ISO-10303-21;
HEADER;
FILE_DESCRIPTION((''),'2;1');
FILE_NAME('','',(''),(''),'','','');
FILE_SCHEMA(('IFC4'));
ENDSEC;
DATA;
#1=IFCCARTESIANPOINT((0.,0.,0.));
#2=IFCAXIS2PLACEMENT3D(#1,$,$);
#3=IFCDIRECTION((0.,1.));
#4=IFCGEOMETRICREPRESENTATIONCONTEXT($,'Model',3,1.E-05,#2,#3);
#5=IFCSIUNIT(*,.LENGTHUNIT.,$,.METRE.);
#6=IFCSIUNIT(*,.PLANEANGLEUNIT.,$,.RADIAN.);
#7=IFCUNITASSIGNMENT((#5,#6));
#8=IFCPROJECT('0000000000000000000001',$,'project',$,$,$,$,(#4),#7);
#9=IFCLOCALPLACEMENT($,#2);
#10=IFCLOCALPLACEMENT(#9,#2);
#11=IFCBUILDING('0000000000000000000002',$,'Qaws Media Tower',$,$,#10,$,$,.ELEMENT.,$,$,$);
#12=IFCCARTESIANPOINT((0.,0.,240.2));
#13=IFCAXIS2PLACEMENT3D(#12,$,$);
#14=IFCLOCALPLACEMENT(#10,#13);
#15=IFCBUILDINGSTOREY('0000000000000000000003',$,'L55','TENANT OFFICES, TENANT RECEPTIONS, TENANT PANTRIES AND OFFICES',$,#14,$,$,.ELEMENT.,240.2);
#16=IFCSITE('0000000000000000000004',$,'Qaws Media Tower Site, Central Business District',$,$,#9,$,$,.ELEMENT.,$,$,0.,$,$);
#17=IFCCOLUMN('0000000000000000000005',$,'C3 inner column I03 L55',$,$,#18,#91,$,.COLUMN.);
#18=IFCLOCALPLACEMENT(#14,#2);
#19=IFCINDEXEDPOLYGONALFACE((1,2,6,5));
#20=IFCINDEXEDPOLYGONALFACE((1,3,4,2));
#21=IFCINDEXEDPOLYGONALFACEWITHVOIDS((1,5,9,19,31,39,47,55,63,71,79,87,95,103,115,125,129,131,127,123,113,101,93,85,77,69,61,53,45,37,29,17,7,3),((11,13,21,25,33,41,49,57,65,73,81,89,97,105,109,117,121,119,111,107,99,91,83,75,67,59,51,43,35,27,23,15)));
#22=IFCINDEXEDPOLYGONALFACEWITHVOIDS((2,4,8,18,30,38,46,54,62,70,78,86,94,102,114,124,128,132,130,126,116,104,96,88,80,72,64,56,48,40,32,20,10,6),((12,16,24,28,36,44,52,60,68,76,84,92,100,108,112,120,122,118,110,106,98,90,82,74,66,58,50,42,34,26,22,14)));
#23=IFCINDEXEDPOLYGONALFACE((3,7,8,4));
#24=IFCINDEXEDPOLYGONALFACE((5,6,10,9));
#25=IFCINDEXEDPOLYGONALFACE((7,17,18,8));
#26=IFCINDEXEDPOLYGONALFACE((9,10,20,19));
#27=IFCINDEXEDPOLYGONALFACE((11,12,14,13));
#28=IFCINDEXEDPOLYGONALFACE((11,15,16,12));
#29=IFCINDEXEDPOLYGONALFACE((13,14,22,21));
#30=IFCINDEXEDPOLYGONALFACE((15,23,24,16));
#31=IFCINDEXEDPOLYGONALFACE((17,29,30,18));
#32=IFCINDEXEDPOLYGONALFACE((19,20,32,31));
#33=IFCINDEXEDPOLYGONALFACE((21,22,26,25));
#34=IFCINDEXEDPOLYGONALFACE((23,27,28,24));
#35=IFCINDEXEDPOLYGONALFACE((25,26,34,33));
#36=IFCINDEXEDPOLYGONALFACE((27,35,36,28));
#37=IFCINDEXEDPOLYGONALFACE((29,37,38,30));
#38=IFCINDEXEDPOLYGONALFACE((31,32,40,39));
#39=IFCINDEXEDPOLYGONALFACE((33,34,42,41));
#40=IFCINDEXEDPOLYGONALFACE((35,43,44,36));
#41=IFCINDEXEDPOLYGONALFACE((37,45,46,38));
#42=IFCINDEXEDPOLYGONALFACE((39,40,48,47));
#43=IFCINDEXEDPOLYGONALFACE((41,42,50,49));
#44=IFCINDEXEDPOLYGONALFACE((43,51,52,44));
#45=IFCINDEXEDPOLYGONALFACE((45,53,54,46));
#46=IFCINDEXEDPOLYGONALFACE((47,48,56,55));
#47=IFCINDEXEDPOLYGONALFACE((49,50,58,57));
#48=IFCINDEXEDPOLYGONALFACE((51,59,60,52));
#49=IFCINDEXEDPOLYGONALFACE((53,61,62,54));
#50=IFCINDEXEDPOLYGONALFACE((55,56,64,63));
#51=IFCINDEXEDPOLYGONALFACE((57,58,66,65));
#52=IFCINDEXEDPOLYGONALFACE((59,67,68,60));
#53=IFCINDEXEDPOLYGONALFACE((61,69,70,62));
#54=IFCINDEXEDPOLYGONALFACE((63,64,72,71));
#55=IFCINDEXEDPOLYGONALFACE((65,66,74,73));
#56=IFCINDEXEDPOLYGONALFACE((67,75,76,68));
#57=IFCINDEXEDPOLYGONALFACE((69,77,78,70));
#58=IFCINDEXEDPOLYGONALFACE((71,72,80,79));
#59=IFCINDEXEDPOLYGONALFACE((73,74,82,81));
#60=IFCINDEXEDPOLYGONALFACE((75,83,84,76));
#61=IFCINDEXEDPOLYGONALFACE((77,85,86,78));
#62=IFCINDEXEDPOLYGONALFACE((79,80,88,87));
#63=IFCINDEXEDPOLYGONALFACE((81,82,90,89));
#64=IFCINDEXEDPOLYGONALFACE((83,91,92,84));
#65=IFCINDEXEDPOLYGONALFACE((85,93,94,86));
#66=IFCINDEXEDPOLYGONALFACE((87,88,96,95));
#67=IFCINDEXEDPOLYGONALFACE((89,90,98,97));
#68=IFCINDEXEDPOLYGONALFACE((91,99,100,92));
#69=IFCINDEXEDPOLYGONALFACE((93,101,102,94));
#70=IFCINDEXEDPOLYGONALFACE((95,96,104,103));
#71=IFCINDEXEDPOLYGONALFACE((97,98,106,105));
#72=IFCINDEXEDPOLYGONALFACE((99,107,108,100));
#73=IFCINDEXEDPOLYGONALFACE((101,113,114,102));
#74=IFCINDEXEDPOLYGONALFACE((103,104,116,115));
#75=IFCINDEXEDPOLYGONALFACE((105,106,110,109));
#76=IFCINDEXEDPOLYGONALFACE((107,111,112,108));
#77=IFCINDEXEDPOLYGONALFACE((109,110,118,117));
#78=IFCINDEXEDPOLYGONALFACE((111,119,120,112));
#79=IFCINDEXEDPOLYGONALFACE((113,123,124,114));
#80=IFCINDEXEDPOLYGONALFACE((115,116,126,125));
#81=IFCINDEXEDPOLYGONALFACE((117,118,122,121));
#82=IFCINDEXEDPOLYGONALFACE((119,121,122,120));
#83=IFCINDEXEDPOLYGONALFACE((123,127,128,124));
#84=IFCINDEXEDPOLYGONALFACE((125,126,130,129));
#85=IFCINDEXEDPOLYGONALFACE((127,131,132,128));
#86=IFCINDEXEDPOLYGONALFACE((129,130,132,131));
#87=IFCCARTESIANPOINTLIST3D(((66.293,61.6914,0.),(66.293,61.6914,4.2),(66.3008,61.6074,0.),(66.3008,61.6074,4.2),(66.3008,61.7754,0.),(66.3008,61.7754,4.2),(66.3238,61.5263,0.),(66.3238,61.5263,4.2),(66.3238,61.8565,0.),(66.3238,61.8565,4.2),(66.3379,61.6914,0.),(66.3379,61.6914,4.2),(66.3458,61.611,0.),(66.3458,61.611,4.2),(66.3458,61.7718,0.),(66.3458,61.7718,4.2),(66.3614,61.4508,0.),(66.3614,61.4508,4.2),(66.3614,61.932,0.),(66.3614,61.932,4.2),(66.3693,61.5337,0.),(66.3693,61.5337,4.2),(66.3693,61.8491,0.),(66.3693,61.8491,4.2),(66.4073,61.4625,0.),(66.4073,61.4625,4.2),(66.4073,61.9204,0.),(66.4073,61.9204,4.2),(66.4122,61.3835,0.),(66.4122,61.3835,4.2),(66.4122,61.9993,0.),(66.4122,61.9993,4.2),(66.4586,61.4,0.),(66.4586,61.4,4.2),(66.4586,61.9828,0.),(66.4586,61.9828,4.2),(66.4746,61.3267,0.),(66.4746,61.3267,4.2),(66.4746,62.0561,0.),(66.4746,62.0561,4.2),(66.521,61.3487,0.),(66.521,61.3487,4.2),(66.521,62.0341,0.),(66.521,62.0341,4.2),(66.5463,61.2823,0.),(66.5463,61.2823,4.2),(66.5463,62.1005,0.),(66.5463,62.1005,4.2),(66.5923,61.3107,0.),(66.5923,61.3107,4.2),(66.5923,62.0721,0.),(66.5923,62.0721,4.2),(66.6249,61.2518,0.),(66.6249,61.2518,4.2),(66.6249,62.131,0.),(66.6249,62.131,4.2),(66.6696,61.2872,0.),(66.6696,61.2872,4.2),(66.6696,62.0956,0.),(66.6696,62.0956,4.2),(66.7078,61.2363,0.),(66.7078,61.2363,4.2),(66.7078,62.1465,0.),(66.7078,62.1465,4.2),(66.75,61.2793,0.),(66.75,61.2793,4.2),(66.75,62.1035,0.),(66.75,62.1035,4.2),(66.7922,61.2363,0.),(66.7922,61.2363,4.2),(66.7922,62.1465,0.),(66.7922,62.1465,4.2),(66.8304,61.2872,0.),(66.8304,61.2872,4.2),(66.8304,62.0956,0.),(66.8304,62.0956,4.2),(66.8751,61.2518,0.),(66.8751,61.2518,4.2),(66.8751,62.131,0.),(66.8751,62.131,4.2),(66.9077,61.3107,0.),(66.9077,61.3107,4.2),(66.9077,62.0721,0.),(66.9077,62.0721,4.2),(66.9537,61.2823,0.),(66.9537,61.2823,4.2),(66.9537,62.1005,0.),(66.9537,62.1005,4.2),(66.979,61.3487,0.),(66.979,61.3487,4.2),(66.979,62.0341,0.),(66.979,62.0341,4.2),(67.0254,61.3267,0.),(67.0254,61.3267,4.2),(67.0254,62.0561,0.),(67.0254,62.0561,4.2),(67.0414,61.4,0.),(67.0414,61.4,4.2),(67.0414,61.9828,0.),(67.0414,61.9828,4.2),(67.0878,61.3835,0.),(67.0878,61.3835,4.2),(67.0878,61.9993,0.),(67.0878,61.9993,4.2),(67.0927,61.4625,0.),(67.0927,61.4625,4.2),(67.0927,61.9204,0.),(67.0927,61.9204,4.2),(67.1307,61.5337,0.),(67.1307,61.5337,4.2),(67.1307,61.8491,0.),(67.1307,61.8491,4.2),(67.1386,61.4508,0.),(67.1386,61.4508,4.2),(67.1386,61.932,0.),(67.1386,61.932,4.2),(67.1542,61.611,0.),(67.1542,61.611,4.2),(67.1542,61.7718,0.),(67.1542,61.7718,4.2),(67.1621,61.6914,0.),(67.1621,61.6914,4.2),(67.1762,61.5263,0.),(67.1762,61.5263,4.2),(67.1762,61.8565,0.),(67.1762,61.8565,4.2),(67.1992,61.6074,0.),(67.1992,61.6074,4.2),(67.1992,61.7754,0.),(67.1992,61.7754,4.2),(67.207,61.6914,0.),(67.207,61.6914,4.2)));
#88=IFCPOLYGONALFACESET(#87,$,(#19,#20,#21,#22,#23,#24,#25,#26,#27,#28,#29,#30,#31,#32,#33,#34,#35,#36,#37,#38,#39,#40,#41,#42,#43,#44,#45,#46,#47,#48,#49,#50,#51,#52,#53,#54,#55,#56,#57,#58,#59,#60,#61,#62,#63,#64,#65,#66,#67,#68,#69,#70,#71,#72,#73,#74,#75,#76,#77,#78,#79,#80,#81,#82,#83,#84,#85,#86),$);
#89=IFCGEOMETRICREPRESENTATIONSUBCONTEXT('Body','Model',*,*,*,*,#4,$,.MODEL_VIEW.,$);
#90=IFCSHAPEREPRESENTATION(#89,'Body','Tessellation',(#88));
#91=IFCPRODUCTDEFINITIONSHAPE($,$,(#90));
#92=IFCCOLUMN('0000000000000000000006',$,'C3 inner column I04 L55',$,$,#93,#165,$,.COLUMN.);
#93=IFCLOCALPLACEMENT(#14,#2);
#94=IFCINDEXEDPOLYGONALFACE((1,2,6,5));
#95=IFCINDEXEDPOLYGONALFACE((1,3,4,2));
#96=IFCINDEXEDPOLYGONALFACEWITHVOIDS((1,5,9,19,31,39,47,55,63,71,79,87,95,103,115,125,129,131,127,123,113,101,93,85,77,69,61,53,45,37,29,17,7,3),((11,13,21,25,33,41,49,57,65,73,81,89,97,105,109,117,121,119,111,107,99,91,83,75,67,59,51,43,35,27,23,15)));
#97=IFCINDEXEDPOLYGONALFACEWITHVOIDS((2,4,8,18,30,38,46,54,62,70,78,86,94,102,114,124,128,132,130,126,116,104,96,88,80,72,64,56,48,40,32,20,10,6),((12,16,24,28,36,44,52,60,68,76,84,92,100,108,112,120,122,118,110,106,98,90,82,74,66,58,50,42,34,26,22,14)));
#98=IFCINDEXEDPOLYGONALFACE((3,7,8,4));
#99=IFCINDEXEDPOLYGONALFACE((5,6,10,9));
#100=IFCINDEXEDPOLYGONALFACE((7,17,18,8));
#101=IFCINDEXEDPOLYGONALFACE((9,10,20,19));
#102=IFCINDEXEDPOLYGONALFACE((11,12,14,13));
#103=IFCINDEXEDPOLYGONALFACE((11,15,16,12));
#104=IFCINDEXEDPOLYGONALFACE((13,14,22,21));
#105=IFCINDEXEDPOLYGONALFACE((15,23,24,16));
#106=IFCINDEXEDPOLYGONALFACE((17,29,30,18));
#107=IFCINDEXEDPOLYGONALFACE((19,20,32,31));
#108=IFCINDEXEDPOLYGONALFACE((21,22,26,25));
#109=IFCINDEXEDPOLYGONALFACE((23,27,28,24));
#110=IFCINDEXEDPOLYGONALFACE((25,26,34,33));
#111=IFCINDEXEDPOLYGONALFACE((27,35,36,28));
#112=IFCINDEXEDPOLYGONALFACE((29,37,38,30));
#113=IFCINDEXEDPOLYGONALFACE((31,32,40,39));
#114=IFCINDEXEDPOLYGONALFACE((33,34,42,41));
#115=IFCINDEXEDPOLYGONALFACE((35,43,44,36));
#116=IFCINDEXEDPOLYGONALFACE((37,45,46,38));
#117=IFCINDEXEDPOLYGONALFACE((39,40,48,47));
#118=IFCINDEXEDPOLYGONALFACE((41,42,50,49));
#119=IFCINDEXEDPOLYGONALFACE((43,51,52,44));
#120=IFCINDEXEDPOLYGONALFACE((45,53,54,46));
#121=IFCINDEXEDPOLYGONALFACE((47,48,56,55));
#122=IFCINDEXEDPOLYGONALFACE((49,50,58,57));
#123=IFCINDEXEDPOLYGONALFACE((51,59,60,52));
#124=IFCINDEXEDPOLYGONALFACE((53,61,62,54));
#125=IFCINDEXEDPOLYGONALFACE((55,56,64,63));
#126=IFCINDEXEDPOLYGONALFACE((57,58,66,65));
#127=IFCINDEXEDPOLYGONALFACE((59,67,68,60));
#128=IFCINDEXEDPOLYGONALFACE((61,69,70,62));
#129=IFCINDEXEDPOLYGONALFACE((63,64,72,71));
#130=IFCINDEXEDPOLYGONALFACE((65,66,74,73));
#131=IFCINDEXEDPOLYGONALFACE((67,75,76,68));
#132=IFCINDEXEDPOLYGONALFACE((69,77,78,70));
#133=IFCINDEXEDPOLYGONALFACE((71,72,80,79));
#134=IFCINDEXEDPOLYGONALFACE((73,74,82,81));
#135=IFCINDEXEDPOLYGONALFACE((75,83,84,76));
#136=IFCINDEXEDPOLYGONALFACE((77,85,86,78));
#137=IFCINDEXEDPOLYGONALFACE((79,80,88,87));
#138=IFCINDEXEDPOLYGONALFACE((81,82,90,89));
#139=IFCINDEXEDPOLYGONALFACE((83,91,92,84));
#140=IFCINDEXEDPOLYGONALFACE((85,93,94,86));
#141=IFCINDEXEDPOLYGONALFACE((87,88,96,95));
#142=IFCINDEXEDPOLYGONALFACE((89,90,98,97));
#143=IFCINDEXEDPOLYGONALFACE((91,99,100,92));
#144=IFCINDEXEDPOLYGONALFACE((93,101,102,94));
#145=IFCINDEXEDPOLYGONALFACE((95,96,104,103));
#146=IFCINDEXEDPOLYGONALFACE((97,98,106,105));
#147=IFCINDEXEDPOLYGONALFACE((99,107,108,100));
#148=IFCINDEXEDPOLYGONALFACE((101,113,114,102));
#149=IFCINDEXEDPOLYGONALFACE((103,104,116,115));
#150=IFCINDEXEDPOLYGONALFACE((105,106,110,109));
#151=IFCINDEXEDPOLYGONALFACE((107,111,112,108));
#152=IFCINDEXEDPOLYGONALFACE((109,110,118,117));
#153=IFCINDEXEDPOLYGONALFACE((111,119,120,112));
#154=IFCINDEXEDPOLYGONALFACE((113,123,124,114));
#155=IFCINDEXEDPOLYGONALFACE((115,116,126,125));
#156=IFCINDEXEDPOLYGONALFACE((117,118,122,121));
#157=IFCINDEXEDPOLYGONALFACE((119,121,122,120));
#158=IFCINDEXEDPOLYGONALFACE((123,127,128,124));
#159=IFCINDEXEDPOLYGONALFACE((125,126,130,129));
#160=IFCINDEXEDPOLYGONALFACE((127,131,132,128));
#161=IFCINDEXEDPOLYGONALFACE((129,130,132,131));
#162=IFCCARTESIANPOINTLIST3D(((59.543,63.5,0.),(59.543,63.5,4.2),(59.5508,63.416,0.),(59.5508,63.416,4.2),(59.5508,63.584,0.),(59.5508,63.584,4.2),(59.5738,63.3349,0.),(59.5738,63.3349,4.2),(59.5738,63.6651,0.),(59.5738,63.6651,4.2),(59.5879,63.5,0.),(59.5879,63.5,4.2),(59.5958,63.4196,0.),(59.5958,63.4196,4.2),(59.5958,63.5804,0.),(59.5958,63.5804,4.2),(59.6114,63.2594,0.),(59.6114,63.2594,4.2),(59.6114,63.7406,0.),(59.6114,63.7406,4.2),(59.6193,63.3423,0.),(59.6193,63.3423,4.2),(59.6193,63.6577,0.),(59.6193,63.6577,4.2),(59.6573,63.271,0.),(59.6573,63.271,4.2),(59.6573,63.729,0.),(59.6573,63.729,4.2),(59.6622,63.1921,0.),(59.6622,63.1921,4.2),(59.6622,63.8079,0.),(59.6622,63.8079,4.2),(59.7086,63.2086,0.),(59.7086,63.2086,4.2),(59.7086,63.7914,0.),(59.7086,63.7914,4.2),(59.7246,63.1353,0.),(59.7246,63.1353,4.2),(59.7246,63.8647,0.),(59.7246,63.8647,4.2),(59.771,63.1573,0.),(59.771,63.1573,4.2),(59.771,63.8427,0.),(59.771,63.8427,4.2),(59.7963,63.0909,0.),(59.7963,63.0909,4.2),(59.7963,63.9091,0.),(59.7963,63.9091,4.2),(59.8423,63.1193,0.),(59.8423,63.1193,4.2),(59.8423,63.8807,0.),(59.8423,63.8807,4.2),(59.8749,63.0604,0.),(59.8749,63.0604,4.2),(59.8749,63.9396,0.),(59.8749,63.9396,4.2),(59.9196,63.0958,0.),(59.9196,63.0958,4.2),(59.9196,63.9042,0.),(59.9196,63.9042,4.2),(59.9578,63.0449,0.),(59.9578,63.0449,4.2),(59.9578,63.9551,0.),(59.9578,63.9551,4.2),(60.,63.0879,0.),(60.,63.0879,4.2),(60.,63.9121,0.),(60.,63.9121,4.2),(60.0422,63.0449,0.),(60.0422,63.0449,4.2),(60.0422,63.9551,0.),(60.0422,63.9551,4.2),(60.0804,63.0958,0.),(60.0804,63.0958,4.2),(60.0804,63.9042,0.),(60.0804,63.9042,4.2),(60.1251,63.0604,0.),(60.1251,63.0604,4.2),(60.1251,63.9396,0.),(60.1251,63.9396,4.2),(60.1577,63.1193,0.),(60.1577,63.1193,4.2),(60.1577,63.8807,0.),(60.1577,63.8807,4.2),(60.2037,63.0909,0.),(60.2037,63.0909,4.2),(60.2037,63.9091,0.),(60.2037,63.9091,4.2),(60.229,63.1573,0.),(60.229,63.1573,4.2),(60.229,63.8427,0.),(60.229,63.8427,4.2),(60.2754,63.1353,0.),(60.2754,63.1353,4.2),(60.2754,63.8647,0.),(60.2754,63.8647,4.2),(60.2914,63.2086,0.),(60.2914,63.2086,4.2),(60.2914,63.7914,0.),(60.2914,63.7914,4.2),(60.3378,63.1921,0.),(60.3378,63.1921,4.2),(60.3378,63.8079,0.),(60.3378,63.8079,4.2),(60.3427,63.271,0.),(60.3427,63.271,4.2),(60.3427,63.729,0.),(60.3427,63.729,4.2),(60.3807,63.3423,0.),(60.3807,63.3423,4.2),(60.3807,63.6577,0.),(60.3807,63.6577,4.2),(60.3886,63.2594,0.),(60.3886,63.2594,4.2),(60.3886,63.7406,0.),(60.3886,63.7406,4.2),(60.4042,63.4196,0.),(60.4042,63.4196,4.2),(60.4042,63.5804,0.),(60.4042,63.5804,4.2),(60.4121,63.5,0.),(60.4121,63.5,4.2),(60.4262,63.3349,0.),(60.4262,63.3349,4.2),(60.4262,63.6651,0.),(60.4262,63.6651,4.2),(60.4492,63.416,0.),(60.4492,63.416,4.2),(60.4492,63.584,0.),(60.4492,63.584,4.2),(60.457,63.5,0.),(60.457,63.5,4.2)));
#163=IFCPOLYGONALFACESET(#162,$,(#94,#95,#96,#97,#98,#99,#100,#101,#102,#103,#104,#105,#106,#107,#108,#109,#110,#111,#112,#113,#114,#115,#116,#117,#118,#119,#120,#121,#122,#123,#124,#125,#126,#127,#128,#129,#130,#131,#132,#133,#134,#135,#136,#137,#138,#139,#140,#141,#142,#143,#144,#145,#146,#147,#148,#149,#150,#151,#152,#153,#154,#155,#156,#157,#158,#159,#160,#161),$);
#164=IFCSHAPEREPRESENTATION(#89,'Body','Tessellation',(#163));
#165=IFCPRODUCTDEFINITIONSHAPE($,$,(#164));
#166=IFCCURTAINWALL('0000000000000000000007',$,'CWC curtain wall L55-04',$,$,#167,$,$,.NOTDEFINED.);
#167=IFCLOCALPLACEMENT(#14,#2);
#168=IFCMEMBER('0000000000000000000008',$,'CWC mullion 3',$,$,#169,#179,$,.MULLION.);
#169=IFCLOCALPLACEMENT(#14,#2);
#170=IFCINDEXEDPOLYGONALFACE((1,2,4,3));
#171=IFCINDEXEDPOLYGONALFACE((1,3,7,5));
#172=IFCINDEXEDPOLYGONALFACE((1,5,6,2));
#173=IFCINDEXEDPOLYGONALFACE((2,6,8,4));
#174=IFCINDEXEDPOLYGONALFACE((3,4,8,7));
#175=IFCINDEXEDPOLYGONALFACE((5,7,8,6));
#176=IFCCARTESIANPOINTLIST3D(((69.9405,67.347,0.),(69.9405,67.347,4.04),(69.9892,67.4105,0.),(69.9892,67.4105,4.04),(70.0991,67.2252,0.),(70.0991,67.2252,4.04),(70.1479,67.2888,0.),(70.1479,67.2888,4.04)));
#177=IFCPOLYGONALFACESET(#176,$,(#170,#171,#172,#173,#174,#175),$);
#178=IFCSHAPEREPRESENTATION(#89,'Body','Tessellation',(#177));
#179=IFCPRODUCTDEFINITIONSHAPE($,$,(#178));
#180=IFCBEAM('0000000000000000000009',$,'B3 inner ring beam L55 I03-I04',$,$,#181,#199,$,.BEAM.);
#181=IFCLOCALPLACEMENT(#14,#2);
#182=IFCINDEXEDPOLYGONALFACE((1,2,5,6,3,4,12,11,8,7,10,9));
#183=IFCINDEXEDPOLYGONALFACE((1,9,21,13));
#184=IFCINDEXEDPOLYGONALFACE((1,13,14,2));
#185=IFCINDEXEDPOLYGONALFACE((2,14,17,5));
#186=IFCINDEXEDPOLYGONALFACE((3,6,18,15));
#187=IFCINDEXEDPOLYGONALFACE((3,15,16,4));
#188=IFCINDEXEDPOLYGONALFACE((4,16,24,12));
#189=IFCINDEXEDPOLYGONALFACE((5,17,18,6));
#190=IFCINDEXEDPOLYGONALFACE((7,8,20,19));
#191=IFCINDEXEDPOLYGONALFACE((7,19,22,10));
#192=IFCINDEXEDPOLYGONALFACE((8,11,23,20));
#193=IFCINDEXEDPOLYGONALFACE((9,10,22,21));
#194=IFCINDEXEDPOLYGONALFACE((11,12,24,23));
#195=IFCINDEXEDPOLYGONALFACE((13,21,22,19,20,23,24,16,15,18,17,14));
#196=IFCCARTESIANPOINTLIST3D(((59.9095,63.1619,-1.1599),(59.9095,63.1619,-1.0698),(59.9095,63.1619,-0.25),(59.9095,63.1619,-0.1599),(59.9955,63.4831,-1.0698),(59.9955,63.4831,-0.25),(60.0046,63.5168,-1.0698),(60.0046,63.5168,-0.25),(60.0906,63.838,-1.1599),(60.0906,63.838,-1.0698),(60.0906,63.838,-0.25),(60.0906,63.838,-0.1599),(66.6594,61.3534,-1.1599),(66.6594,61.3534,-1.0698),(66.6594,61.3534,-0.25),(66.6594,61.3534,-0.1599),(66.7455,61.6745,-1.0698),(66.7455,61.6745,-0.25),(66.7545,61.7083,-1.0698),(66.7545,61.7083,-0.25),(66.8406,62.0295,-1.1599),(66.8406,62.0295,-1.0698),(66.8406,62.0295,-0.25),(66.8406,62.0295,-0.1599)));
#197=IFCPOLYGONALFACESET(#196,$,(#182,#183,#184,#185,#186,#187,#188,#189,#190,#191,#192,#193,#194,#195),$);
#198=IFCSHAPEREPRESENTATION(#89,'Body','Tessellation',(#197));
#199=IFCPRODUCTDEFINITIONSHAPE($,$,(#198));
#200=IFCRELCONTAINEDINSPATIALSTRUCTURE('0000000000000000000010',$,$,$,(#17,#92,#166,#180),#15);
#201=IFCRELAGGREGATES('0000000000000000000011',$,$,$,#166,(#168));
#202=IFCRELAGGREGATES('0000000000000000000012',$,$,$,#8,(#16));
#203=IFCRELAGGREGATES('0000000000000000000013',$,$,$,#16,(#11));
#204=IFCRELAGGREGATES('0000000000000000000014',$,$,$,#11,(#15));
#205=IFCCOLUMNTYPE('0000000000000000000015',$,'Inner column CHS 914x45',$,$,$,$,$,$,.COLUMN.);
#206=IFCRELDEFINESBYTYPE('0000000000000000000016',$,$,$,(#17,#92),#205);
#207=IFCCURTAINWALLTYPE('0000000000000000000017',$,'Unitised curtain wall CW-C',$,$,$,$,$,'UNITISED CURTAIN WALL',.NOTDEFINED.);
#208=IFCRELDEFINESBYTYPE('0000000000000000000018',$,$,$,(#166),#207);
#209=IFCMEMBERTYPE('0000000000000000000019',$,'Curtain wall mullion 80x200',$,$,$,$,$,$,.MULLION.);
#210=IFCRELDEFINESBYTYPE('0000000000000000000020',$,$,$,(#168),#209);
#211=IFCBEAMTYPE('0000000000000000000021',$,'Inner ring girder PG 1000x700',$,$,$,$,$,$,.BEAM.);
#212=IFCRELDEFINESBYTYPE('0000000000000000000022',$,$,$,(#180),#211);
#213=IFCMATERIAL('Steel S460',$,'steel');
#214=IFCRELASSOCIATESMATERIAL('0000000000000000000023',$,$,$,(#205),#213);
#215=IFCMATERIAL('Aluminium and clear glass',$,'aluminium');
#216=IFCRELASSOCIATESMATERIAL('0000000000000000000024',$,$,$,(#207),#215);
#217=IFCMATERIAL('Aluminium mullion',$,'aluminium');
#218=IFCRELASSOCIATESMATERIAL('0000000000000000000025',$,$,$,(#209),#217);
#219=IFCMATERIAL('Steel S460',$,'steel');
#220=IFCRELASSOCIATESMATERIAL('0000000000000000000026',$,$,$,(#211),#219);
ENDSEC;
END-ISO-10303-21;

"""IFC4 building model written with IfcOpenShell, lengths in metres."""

from ifc_helpers import new_model, si_unit, direction, frame, origin, origin_2d, place, context, subcontext, project, spatial, rectangle, hollow_circle, i_section, extrude, material, material_profile, profile_set, type_object, element, aggregate, save


model = new_model("IFC4")

# Units and contexts
model_context = context("Model", 3, precision=1e-05, world=origin(), true_north=direction((0.0, 1.0)))
body_context = subcontext(model_context, "Body", "Model", "MODEL_VIEW")
ifc_project = project(units=[si_unit("LENGTHUNIT", "METRE"), si_unit("PLANEANGLEUNIT", "RADIAN")], contexts=[model_context])

# Site, building, storey
site_placement = place(None, origin())
site = spatial("IfcSite", under=ifc_project, at=site_placement, Name="Qaws Media Tower Site, Central Business District", CompositionType="ELEMENT", RefElevation=0.0)
building_placement = place(site_placement, origin())
building = spatial("IfcBuilding", under=site, at=building_placement, Name="Qaws Media Tower", CompositionType="ELEMENT")
storey_placement = place(building_placement, frame((0.0, 0.0, 240.2)))
storey = spatial("IfcBuildingStorey", under=building, at=storey_placement, Name="L55", Description="TENANT OFFICES, TENANT RECEPTIONS, TENANT PANTRIES AND OFFICES", CompositionType="ELEMENT", Elevation=240.2)

# Columns
ifc_material_1 = material(Name="Steel S460", Category="steel")
ifc_material_profile_1 = material_profile(ifc_material_1, hollow_circle(Radius=0.457, WallThickness=0.0449, at=origin_2d()), Name="CHS 914x45")
ifc_profile_set_1 = profile_set([ifc_material_profile_1], Name="Steel S460")
column_type = type_object("IfcColumnType", Name="Inner column CHS 914x45", PredefinedType="COLUMN", material=ifc_profile_set_1)
for number, where, z_axis, x_axis, name in (
    (1, (66.75, 61.6914, 0.0), (0.0, 0.0, 1.0), (1.0, 0.0, 0.0), "C3 inner column I03 L55"),
    (2, (60.0, 63.5, 0.0), (0.0, 0.0, 1.0), (1.0, 0.0, 0.0), "C3 inner column I04 L55"),
):
    element("IfcColumn", number, at=place(storey_placement, frame(where, z_axis=z_axis, x_axis=x_axis)), inside=storey, type_object=column_type, Name=name, PredefinedType="COLUMN", context=body_context, shape_type="SweptSolid", body=[
        extrude(hollow_circle(Radius=0.457, WallThickness=0.0449, at=origin_2d()), origin(), (0.0, 0.0, 1.0), 4.2),
    ])

# Curtain wall, member
ifc_material_2 = material(Name="Aluminium and clear glass", Category="aluminium")
curtain_wall_type = type_object("IfcCurtainWallType", Name="Unitised curtain wall CW-C", ElementType="UNITISED CURTAIN WALL", PredefinedType="NOTDEFINED", material=ifc_material_2)
curtain_wall_placement = place(storey_placement, origin())
curtain_wall = element("IfcCurtainWall", 3, at=curtain_wall_placement, inside=storey, type_object=curtain_wall_type, Name="CWC curtain wall L55-04", PredefinedType="NOTDEFINED")
ifc_material_3 = material(Name="Aluminium mullion", Category="aluminium")
ifc_material_profile_2 = material_profile(ifc_material_3, rectangle(XDim=0.0801, YDim=0.2, at=origin_2d()), Name="80x200")
ifc_profile_set_2 = profile_set([ifc_material_profile_2], Name="Aluminium mullion")
member_type = type_object("IfcMemberType", Name="Curtain wall mullion 80x200", PredefinedType="MULLION", material=ifc_profile_set_2)
member_placement = place(storey_placement, frame((70.0442, 67.3179, 0.0), z_axis=(0.0, 0.0, 1.0), x_axis=(-0.608762, -0.793353, 0.0)))
member = element("IfcMember", 4, at=member_placement, type_object=member_type, Name="CWC mullion 3", PredefinedType="MULLION", context=body_context, shape_type="SweptSolid", body=[
    extrude(rectangle(XDim=0.0801, YDim=0.2, at=origin_2d()), origin(), (0.0, 0.0, 1.0), 4.04),
])

# Beam
ifc_material_4 = material(Name="Steel S460", Category="steel")
ifc_material_profile_3 = material_profile(ifc_material_4, i_section(OverallWidth=0.7, OverallDepth=1.0, WebThickness=0.0349, FlangeThickness=0.0901, at=origin_2d()), Name="PG 1000x700")
ifc_profile_set_3 = profile_set([ifc_material_profile_3], Name="Steel S460")
beam_type_1 = type_object("IfcBeamType", Name="Inner ring girder PG 1000x700", PredefinedType="BEAM", material=ifc_profile_set_3)
for number, where, z_axis, x_axis, name in (
    (5, (66.75, 61.6914, -0.6599), (-0.965928, 0.258811, 0.0), (-0.258811, -0.965928, 0.0), "B3 inner ring beam L55 I03-I04"),
):
    element("IfcBeam", number, at=place(storey_placement, frame(where, z_axis=z_axis, x_axis=x_axis)), inside=storey, type_object=beam_type_1, Name=name, PredefinedType="BEAM", context=body_context, shape_type="SweptSolid", body=[
        extrude(i_section(OverallWidth=0.7, OverallDepth=1.0, WebThickness=0.0349, FlangeThickness=0.0901, at=origin_2d()), origin(), (0.0, 0.0, 1.0), 6.988),
    ])

aggregate(curtain_wall, [member])

save(model, "model.ifc")
